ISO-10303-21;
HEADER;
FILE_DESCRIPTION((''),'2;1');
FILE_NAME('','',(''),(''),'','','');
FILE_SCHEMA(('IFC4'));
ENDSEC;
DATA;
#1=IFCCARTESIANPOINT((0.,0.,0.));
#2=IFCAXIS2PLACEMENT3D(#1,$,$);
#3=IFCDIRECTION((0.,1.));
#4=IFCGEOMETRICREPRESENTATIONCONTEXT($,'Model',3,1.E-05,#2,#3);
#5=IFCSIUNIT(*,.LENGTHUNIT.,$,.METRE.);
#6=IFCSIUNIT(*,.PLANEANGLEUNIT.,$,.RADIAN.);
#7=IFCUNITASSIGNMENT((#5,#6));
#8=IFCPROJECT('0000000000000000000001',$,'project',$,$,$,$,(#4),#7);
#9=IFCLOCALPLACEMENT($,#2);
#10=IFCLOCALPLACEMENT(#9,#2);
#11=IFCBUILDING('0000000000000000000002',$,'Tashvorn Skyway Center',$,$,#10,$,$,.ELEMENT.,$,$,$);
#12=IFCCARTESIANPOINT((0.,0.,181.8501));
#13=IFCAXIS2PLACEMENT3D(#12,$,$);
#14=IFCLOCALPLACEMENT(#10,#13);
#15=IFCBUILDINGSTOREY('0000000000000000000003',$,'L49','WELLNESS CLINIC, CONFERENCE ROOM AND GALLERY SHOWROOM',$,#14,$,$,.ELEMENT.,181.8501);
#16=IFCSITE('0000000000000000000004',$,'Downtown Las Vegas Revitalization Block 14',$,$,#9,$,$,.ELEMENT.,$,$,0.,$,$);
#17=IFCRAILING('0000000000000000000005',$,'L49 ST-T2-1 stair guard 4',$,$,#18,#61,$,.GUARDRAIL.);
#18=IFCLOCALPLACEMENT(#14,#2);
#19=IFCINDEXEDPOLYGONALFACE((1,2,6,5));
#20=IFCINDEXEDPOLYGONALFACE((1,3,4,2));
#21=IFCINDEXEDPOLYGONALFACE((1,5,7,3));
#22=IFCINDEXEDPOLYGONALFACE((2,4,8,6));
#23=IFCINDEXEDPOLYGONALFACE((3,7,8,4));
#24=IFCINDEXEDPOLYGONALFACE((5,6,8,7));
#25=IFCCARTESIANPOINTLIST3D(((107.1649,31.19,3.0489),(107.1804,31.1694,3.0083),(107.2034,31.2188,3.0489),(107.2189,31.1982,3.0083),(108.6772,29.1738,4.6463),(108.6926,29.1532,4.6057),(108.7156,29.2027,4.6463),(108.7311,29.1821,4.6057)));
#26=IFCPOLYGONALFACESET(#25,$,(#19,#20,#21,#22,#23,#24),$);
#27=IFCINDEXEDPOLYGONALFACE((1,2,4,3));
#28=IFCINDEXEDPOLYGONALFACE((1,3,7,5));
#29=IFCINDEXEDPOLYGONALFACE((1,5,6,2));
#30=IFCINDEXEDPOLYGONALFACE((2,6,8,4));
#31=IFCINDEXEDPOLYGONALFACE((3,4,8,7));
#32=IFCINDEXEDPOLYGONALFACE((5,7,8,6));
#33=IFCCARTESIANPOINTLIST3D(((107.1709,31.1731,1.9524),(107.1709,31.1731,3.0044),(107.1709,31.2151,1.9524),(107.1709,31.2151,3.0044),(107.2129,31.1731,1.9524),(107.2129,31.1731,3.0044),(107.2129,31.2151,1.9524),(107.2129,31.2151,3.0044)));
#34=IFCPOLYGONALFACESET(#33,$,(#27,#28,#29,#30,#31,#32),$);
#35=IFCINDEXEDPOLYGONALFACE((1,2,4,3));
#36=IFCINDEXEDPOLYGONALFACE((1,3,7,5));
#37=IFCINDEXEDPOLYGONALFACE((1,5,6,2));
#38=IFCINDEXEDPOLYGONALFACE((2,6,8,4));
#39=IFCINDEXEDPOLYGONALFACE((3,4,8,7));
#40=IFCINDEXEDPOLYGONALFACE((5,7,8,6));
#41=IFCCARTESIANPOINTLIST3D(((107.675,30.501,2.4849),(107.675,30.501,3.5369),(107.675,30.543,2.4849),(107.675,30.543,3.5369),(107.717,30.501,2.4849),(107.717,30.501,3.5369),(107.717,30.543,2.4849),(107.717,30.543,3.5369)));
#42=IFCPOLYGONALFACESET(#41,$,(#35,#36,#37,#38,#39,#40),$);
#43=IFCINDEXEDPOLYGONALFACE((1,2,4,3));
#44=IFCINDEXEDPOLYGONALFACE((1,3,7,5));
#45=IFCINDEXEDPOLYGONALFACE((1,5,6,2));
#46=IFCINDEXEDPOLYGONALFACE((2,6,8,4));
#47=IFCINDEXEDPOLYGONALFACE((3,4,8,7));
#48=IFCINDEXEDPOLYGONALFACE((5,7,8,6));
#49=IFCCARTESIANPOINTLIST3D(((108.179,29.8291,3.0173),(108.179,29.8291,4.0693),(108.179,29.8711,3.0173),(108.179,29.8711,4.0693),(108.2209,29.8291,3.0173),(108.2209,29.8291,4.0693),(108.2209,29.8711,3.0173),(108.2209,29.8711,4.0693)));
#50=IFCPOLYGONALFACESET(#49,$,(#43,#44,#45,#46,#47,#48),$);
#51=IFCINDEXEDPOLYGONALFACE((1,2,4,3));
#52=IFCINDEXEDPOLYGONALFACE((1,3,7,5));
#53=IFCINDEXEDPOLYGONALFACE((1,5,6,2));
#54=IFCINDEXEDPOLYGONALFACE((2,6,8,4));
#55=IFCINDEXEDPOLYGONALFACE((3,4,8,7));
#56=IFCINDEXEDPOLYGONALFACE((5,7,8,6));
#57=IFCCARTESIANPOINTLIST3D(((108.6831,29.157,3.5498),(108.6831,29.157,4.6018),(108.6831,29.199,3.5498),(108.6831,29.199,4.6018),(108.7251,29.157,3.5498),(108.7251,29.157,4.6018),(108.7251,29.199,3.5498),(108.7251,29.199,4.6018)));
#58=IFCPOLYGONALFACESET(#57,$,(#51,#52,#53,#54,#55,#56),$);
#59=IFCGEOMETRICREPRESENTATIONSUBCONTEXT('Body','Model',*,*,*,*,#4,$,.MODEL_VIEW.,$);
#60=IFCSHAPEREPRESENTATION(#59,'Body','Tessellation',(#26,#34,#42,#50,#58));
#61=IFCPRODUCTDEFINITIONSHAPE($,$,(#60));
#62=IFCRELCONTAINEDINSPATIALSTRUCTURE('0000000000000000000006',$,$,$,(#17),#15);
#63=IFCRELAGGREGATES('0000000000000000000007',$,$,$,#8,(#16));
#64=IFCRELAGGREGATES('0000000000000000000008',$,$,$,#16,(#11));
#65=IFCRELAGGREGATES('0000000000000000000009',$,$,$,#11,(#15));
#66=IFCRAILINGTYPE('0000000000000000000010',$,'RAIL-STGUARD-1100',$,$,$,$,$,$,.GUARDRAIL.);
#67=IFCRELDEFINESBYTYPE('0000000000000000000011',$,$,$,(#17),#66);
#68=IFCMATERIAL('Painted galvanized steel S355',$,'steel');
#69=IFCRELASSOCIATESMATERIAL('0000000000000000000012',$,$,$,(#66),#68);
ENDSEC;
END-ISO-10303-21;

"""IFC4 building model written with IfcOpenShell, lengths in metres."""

from ifc_helpers import new_model, si_unit, direction, frame, origin, origin_2d, place, context, subcontext, project, spatial, rectangle, extrude, material, type_object, element, save


model = new_model("IFC4")

# Units and contexts
model_context = context("Model", 3, precision=1e-05, world=origin(), true_north=direction((0.0, 1.0)))
body_context = subcontext(model_context, "Body", "Model", "MODEL_VIEW")
ifc_project = project(units=[si_unit("LENGTHUNIT", "METRE"), si_unit("PLANEANGLEUNIT", "RADIAN")], contexts=[model_context])

# Site, building, storey
site_placement = place(None, origin())
site = spatial("IfcSite", under=ifc_project, at=site_placement, Name="Downtown Las Vegas Revitalization Block 14", CompositionType="ELEMENT", RefElevation=0.0)
building_placement = place(site_placement, origin())
building = spatial("IfcBuilding", under=site, at=building_placement, Name="Tashvorn Skyway Center", CompositionType="ELEMENT")
storey_placement = place(building_placement, frame((0.0, 0.0, 181.8501)))
storey = spatial("IfcBuildingStorey", under=building, at=storey_placement, Name="L49", Description="WELLNESS CLINIC, CONFERENCE ROOM AND GALLERY SHOWROOM", CompositionType="ELEMENT", Elevation=181.8501)

# Railing
ifc_material_1 = material(Name="Painted galvanized steel S355", Category="steel")
railing_type_1 = type_object("IfcRailingType", Name="RAIL-STGUARD-1100", PredefinedType="GUARDRAIL", material=ifc_material_1)
railing_1_placement = place(storey_placement, frame((107.1919, 31.1941, 1.9524)))
element("IfcRailing", 1, at=railing_1_placement, inside=storey, type_object=railing_type_1, Name="L49 ST-T2-1 stair guard 4", PredefinedType="GUARDRAIL", context=body_context, shape_type="SweptSolid", body=[
    extrude(rectangle(XDim=0.0481, YDim=0.0481, at=origin_2d()), frame((0.0, 0.0, 1.0762), z_axis=(0.506802, -0.675681, 0.535357), x_axis=(0.799977, 0.600031, 0.0)), (0.0, 0.0, 1.0), 2.9839),
    extrude(rectangle(XDim=0.042, YDim=0.042, at=origin_2d()), origin(), (0.0, 0.0, 1.0), 1.052),
    extrude(rectangle(XDim=0.042, YDim=0.042, at=origin_2d()), frame((0.5042, -0.6721, 0.5325)), (0.0, 0.0, 1.0), 1.052),
    extrude(rectangle(XDim=0.042, YDim=0.042, at=origin_2d()), frame((1.0081, -1.344, 1.0649)), (0.0, 0.0, 1.0), 1.052),
    extrude(rectangle(XDim=0.042, YDim=0.042, at=origin_2d()), frame((1.5122, -2.0161, 1.5974)), (0.0, 0.0, 1.0), 1.052),
])

save(model, "model.ifc")
